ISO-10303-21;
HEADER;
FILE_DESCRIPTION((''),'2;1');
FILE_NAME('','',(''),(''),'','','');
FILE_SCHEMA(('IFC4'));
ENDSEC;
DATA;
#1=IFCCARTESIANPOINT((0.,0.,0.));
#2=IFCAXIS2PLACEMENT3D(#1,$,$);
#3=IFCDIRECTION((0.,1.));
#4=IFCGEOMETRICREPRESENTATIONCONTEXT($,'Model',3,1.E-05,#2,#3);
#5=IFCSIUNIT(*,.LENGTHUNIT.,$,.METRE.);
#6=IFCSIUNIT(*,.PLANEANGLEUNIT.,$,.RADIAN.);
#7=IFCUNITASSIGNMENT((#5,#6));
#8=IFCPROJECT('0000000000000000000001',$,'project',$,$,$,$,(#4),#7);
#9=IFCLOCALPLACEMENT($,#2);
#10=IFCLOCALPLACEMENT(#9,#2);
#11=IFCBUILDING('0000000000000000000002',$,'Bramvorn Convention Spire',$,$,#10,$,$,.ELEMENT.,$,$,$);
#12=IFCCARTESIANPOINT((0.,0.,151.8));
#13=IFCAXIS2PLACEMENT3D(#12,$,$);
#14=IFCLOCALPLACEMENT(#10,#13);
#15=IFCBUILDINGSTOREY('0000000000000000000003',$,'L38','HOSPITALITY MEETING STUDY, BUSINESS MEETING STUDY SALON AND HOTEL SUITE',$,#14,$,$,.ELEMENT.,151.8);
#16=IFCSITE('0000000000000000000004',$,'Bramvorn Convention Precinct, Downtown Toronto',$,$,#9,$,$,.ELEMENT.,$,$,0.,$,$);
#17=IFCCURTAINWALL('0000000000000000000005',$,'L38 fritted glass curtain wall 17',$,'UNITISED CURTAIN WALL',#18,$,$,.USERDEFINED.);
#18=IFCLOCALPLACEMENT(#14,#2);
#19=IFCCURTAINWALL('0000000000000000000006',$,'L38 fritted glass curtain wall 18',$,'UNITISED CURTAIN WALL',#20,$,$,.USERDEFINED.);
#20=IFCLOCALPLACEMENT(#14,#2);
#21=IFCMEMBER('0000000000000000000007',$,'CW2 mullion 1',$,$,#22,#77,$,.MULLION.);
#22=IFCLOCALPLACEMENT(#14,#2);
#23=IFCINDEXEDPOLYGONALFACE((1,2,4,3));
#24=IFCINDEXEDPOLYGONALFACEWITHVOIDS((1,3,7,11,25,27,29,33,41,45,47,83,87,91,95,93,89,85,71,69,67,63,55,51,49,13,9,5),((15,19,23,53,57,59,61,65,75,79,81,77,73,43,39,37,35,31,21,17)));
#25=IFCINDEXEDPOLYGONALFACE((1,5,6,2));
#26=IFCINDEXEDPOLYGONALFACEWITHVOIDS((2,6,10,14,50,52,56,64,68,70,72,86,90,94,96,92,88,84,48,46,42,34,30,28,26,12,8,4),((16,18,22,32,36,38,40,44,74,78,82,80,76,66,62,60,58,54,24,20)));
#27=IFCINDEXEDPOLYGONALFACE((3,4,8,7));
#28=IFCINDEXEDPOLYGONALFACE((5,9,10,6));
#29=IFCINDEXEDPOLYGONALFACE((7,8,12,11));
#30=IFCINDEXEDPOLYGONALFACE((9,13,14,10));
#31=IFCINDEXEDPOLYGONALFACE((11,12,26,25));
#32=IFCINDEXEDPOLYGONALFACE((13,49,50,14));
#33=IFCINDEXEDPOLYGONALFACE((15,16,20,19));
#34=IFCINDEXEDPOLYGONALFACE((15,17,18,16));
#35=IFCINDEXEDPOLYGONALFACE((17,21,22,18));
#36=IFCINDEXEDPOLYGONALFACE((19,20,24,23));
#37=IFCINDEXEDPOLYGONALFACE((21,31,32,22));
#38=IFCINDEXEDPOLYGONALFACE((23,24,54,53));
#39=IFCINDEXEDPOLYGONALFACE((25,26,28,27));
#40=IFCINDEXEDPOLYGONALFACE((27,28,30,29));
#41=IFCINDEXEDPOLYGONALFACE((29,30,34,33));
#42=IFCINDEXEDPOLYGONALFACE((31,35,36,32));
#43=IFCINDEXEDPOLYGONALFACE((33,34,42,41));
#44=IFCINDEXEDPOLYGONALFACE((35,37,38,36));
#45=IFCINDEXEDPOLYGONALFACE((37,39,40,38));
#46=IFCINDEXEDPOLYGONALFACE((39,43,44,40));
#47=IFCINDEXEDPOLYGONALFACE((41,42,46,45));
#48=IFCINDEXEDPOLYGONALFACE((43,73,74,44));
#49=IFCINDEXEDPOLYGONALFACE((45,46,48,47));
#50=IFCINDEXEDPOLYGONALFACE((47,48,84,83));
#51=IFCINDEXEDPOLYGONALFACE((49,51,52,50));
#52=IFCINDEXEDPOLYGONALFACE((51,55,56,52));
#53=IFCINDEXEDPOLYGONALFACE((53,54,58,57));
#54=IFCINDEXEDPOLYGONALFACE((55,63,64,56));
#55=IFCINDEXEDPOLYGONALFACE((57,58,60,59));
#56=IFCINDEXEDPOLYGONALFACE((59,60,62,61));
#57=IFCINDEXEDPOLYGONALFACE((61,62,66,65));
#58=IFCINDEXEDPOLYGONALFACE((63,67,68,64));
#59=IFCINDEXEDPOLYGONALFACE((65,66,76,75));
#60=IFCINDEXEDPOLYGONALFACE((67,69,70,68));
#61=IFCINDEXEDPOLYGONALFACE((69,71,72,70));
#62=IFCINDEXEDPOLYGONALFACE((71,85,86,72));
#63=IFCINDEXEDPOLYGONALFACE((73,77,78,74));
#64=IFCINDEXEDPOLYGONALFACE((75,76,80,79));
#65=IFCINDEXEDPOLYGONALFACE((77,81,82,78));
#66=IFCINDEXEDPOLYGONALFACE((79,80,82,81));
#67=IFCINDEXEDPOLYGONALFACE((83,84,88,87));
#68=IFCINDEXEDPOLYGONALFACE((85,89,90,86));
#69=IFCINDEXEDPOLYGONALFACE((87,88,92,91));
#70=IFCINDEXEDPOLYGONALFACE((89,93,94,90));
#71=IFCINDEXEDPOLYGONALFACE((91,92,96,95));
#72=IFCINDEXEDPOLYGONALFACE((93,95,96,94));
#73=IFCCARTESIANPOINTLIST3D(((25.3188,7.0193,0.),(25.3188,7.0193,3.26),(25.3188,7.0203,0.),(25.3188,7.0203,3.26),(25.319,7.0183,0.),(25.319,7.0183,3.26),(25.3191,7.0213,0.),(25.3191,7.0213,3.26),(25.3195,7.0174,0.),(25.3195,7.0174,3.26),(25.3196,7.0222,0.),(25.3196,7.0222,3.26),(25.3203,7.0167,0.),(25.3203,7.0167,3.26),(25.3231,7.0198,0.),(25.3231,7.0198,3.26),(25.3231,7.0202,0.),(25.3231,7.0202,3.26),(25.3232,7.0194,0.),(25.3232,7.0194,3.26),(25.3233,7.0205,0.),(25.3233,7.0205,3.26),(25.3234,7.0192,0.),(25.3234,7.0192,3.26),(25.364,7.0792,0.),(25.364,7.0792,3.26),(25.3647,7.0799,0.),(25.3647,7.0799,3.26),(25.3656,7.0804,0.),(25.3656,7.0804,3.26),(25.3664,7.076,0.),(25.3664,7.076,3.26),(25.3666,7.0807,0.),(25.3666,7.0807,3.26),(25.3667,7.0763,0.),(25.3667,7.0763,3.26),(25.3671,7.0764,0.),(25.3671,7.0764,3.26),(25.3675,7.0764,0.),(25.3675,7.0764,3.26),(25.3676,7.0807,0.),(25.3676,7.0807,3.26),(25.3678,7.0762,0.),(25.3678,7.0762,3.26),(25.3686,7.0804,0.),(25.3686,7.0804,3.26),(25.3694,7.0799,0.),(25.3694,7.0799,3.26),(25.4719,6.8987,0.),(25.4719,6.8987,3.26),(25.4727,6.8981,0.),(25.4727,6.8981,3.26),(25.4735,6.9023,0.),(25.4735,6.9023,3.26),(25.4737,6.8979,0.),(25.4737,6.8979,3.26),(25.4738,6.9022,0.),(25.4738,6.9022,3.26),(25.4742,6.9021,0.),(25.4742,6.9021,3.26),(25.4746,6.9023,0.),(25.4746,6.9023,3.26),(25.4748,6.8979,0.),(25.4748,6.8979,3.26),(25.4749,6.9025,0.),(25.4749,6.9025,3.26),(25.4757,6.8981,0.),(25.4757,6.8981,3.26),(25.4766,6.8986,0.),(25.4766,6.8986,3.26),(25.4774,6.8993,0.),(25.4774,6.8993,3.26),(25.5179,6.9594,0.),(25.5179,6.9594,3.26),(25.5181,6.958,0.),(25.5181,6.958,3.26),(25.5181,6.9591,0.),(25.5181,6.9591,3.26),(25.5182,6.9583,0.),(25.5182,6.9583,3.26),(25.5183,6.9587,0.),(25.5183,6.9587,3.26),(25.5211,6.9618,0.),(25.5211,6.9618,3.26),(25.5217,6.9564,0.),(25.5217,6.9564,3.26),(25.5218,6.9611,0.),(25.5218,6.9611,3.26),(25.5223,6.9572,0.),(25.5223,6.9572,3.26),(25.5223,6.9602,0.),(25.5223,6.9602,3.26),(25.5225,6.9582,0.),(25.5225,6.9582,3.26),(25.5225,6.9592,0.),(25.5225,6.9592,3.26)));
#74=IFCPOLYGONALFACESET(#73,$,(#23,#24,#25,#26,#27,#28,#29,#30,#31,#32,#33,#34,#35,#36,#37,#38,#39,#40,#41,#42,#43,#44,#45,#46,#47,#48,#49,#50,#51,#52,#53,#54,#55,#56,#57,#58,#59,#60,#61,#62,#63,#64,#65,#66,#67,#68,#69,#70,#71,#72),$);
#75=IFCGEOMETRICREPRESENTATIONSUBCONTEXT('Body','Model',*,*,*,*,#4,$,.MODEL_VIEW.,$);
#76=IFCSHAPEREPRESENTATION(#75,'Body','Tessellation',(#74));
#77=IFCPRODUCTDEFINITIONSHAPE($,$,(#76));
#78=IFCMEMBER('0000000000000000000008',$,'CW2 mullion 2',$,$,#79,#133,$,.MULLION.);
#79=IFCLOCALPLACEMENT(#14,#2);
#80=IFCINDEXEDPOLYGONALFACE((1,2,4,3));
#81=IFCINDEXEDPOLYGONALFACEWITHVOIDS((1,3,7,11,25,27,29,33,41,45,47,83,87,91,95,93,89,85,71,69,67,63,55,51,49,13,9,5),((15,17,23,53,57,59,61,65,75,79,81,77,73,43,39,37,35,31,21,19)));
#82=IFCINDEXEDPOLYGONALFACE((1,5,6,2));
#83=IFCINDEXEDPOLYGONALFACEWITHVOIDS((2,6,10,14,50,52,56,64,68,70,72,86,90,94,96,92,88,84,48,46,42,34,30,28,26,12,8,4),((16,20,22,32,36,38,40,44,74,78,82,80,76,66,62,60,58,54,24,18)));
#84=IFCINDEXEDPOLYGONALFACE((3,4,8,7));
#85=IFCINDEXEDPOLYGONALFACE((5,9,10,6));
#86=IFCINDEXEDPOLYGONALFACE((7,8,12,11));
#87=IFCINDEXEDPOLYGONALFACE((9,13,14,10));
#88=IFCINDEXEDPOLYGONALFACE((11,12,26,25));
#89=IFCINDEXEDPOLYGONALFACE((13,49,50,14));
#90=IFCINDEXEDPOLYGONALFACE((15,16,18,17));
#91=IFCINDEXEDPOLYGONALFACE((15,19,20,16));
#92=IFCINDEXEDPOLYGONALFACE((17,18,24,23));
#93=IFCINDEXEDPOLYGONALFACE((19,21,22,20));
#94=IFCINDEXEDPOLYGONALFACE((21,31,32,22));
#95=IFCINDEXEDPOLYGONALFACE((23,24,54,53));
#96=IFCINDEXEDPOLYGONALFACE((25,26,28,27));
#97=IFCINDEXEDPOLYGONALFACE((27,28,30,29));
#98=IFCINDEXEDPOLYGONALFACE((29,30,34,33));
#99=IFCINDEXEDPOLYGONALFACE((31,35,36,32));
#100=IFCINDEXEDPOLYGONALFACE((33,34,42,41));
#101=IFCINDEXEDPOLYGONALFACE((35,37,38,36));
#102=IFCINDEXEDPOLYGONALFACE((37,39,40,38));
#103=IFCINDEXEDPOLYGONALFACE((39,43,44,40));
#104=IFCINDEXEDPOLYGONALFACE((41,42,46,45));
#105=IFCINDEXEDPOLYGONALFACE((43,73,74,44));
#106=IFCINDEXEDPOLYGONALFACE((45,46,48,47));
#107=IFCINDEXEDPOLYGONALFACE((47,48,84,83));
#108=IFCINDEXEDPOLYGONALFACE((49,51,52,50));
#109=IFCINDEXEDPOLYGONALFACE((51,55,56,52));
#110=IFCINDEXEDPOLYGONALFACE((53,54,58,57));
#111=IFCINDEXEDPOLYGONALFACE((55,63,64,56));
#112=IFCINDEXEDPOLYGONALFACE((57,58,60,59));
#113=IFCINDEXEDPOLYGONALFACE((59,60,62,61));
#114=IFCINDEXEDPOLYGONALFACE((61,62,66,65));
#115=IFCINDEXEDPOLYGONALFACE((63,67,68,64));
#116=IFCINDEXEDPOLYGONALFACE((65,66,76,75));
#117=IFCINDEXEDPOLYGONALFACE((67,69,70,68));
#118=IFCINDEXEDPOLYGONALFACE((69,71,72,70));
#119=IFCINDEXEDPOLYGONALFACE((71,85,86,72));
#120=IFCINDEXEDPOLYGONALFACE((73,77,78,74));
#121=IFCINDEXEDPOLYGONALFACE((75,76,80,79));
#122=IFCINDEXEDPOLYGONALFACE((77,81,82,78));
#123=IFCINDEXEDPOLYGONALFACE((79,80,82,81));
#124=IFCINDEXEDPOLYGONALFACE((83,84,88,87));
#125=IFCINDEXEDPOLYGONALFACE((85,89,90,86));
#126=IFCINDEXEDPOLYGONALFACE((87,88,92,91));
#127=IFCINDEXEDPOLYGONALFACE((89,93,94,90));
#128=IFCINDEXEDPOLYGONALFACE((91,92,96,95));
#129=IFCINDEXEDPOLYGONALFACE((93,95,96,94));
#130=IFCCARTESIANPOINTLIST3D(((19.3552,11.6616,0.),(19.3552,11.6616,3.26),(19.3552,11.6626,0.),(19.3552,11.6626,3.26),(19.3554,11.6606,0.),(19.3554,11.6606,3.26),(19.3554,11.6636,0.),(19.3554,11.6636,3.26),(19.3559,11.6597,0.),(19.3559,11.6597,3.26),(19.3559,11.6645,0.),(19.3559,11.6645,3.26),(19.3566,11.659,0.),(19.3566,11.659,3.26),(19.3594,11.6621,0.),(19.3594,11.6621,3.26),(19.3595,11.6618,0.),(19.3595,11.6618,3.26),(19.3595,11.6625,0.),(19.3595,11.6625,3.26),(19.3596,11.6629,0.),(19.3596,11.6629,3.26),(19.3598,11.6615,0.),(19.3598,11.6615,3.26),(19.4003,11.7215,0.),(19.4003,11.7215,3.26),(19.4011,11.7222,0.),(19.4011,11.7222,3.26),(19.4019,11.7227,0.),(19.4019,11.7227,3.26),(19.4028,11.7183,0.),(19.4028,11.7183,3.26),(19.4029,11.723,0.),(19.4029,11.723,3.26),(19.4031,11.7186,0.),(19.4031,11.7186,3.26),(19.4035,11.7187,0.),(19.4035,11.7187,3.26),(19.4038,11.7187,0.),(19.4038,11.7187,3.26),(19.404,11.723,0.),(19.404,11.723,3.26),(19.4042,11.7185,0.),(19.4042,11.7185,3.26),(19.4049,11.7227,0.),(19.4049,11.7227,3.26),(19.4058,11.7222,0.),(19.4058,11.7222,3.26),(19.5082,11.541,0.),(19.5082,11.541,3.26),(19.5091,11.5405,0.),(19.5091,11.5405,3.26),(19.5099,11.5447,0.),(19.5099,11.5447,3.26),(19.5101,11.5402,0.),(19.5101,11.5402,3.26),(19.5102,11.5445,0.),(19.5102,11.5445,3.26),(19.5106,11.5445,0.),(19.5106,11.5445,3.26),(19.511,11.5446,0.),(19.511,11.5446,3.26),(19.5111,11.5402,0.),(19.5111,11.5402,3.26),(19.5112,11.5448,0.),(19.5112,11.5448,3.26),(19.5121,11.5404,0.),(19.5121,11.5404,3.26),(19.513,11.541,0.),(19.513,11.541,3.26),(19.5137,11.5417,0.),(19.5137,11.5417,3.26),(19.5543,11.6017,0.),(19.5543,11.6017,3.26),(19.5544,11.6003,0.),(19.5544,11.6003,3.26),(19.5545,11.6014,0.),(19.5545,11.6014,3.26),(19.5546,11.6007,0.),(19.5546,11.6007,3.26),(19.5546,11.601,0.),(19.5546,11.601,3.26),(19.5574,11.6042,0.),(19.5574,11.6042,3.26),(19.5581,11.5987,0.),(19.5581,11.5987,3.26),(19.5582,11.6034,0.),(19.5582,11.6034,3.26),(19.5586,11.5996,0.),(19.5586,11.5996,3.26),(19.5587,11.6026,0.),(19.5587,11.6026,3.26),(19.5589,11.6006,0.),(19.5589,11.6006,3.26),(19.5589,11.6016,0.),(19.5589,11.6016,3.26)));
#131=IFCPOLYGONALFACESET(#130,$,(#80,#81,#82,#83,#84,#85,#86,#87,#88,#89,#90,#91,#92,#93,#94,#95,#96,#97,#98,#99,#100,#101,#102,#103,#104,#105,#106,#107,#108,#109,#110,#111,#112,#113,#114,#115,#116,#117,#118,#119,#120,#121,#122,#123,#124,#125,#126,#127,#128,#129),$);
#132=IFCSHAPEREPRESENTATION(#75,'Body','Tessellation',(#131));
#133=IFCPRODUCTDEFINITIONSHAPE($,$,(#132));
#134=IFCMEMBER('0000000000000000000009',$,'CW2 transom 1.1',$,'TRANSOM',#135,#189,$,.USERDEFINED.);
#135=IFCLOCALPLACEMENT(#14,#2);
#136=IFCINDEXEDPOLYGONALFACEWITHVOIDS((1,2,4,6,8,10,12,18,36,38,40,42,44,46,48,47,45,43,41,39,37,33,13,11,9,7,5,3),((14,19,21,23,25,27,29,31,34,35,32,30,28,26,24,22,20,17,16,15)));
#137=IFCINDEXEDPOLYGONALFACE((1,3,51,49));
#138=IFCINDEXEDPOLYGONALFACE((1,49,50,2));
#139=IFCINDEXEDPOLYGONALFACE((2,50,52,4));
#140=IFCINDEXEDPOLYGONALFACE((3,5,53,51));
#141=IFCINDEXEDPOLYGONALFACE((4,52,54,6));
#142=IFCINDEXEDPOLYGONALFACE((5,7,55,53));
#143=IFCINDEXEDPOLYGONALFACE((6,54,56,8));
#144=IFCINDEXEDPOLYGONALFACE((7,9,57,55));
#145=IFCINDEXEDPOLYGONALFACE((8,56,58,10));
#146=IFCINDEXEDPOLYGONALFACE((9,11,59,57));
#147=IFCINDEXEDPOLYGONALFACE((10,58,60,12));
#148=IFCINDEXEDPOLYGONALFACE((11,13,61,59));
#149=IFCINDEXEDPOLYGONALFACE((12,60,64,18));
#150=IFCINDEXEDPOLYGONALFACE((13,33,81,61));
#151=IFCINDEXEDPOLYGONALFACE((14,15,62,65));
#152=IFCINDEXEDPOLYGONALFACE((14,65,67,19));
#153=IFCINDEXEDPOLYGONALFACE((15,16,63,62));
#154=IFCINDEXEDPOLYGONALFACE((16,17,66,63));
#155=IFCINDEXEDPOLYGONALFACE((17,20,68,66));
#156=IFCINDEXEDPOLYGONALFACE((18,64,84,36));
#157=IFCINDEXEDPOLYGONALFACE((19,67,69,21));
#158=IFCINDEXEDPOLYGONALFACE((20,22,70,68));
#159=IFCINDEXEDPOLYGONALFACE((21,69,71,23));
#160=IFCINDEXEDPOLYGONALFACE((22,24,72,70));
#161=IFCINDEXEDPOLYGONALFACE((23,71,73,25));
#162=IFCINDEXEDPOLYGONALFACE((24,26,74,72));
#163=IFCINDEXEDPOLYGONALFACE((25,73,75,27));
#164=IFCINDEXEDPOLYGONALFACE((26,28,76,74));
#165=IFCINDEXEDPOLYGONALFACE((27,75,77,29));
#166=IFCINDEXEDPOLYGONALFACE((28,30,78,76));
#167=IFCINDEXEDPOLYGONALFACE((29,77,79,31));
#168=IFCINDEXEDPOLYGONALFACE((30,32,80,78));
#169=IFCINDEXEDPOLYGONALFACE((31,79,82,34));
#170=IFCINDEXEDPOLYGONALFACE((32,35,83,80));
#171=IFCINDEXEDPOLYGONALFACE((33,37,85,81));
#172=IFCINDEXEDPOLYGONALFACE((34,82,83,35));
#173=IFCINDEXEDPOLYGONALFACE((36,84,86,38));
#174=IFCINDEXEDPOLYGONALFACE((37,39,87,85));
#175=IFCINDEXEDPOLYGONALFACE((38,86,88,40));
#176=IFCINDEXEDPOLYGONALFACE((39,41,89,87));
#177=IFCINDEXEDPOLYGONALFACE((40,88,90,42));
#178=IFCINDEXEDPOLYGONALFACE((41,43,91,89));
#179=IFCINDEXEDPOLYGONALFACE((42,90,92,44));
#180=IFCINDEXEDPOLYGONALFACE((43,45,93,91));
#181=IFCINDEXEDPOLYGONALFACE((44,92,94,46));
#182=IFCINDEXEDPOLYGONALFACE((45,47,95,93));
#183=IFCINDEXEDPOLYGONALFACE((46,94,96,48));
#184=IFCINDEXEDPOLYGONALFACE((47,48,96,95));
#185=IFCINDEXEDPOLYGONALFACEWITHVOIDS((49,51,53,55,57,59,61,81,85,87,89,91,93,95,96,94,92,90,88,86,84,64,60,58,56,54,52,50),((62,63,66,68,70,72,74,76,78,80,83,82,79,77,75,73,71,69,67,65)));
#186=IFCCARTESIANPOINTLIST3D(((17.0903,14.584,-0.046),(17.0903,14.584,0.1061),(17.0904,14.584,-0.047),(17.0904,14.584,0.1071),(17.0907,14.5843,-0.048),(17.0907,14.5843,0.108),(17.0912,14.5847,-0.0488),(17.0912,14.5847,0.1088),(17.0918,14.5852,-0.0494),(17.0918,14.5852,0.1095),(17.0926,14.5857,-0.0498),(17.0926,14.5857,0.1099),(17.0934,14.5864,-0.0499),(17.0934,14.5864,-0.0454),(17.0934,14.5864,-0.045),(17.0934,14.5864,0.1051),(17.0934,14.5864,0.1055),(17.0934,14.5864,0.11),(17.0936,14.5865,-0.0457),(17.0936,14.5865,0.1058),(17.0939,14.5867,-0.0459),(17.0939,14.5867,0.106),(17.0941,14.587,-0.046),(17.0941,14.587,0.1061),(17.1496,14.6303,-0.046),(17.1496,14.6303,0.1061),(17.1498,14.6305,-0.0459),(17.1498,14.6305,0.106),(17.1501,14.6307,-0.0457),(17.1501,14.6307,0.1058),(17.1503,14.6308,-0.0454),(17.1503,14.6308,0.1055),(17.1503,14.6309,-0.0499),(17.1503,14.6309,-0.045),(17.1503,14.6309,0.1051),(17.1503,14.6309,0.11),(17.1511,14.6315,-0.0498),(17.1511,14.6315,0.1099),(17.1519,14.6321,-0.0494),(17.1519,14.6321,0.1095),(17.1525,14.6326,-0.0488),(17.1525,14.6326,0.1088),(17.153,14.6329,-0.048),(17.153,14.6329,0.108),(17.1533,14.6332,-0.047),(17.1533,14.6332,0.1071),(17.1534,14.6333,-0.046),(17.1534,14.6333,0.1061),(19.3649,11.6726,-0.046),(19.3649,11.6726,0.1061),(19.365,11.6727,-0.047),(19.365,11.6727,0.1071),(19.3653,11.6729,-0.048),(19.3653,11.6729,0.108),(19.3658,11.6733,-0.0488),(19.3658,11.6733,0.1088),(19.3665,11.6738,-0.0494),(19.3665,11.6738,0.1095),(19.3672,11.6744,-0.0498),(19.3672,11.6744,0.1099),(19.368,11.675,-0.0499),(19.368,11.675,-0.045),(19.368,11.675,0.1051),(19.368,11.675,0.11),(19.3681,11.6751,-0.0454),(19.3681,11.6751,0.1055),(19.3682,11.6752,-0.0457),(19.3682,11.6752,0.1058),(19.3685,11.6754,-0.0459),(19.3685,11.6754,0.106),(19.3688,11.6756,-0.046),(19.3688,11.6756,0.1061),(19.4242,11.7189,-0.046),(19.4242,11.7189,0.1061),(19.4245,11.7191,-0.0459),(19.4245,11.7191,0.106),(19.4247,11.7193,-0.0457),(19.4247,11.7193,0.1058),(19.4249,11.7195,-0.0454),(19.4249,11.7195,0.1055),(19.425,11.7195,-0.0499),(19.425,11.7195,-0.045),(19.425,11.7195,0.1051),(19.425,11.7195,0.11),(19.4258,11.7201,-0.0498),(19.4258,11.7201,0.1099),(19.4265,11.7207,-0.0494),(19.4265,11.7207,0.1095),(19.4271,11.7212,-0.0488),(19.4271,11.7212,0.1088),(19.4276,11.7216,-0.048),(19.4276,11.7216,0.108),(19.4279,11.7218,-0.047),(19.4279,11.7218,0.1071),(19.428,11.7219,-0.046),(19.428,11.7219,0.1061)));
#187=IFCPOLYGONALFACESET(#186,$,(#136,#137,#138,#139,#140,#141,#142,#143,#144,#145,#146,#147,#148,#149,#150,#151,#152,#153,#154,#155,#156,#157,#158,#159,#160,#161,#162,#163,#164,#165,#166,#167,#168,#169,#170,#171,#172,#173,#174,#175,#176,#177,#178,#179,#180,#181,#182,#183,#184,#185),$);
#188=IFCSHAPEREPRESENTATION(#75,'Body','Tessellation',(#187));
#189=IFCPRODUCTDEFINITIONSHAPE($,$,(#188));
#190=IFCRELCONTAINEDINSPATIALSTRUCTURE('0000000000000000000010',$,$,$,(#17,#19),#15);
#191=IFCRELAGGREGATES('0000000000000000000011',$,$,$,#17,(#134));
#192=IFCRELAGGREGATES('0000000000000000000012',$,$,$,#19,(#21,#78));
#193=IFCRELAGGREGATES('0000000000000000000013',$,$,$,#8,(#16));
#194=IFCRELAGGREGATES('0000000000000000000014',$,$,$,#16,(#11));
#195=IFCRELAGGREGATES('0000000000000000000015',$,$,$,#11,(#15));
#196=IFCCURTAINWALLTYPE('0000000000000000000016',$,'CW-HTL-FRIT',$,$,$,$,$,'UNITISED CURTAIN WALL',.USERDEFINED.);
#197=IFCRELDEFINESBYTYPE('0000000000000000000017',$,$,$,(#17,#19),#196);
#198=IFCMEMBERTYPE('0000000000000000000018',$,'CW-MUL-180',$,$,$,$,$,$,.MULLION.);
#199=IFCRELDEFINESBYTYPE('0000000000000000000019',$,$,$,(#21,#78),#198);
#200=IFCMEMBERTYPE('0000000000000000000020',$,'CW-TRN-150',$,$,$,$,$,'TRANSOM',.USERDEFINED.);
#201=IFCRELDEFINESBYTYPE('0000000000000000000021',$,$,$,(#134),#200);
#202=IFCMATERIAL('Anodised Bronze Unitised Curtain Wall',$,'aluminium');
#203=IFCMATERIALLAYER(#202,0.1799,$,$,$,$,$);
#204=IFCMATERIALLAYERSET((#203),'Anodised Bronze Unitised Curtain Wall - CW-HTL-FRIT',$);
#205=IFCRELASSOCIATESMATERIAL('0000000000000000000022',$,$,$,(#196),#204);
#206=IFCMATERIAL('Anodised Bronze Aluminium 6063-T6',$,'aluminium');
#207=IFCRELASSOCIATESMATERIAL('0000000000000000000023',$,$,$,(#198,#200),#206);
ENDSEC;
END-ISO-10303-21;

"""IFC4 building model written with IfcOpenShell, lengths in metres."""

from ifc_helpers import new_model, si_unit, direction, frame, origin, origin_2d, place, context, subcontext, project, spatial, hollow_rectangle, extrude, material, layer, layer_set, material_profile, profile_set, type_object, element, aggregate, save


model = new_model("IFC4")

# Units and contexts
model_context = context("Model", 3, precision=1e-05, world=origin(), true_north=direction((0.0, 1.0)))
body_context = subcontext(model_context, "Body", "Model", "MODEL_VIEW")
ifc_project = project(units=[si_unit("LENGTHUNIT", "METRE"), si_unit("PLANEANGLEUNIT", "RADIAN")], contexts=[model_context])

# Site, building, storey
site_placement = place(None, origin())
site = spatial("IfcSite", under=ifc_project, at=site_placement, Name="Bramvorn Convention Precinct, Downtown Toronto", CompositionType="ELEMENT", RefElevation=0.0)
building_placement = place(site_placement, origin())
building = spatial("IfcBuilding", under=site, at=building_placement, Name="Bramvorn Convention Spire", CompositionType="ELEMENT")
storey_placement = place(building_placement, frame((0.0, 0.0, 151.8)))
storey = spatial("IfcBuildingStorey", under=building, at=storey_placement, Name="L38", Description="HOSPITALITY MEETING STUDY, BUSINESS MEETING STUDY SALON AND HOTEL SUITE", CompositionType="ELEMENT", Elevation=151.8)

# Curtain walls, members
ifc_material_1 = material(Name="Anodised Bronze Unitised Curtain Wall", Category="aluminium")
ifc_layer_1 = layer(ifc_material_1, 0.1799)
ifc_layer_set_1 = layer_set([ifc_layer_1], Name="Anodised Bronze Unitised Curtain Wall - CW-HTL-FRIT")
curtain_wall_type = type_object("IfcCurtainWallType", Name="CW-HTL-FRIT", ElementType="UNITISED CURTAIN WALL", PredefinedType="USERDEFINED", material=ifc_layer_set_1)
curtain_wall_1_placement = place(storey_placement, origin())
curtain_wall_1 = element("IfcCurtainWall", 1, at=curtain_wall_1_placement, inside=storey, type_object=curtain_wall_type, Name="L38 fritted glass curtain wall 17", ObjectType="UNITISED CURTAIN WALL", PredefinedType="USERDEFINED")
ifc_material_2 = material(Name="Anodised Bronze Aluminium 6063-T6", Category="aluminium")
ifc_material_profile_1 = material_profile(ifc_material_2, hollow_rectangle(XDim=0.0801, YDim=0.2, WallThickness=0.0039, InnerFilletRadius=0.001, OuterFilletRadius=0.0039, at=origin_2d()))
ifc_profile_set_1 = profile_set([ifc_material_profile_1], Name="Anodised Bronze Aluminium 6063-T6 - CWM80X200")
member_type_1 = type_object("IfcMemberType", Name="CW-MUL-180", PredefinedType="MULLION", material=ifc_profile_set_1)
curtain_wall_2_placement = place(storey_placement, origin())
curtain_wall_2 = element("IfcCurtainWall", 2, at=curtain_wall_2_placement, inside=storey, type_object=curtain_wall_type, Name="L38 fritted glass curtain wall 18", ObjectType="UNITISED CURTAIN WALL", PredefinedType="USERDEFINED")
member_1_placement = place(storey_placement, frame((25.4207, 6.9893, 0.0), z_axis=(0.0, 0.0, 1.0), x_axis=(-0.614258, -0.789105, 0.0)))
member_1 = element("IfcMember", 3, at=member_1_placement, type_object=member_type_1, Name="CW2 mullion 1", PredefinedType="MULLION", context=body_context, shape_type="SweptSolid", body=[
    extrude(hollow_rectangle(XDim=0.0801, YDim=0.2, WallThickness=0.0039, InnerFilletRadius=0.001, OuterFilletRadius=0.0039, at=origin_2d()), origin(), (0.0, 0.0, 1.0), 3.26),
])
member_2_placement = place(storey_placement, frame((19.457, 11.6316, 0.0), z_axis=(0.0, 0.0, 1.0), x_axis=(-0.614258, -0.789105, 0.0)))
member_2 = element("IfcMember", 4, at=member_2_placement, type_object=member_type_1, Name="CW2 mullion 2", PredefinedType="MULLION", context=body_context, shape_type="SweptSolid", body=[
    extrude(hollow_rectangle(XDim=0.0801, YDim=0.2, WallThickness=0.0039, InnerFilletRadius=0.001, OuterFilletRadius=0.0039, at=origin_2d()), origin(), (0.0, 0.0, 1.0), 3.26),
])

# Member
ifc_material_profile_2 = material_profile(ifc_material_2, hollow_rectangle(XDim=0.0801, YDim=0.1599, WallThickness=0.0039, InnerFilletRadius=0.001, OuterFilletRadius=0.0039, at=origin_2d()))
ifc_profile_set_2 = profile_set([ifc_material_profile_2], Name="Anodised Bronze Aluminium 6063-T6 - CWT80X160")
member_type_2 = type_object("IfcMemberType", Name="CW-TRN-150", ElementType="TRANSOM", PredefinedType="USERDEFINED", material=ifc_profile_set_2)
member_3_placement = place(storey_placement, frame((19.3965, 11.6973, 0.03), z_axis=(-0.615668, 0.788005, 0.0), x_axis=(-0.788005, -0.615668, 0.0)))
member_3 = element("IfcMember", 5, at=member_3_placement, type_object=member_type_2, Name="CW2 transom 1.1", ObjectType="TRANSOM", PredefinedType="USERDEFINED", context=body_context, shape_type="SweptSolid", body=[
    extrude(hollow_rectangle(XDim=0.0801, YDim=0.1599, WallThickness=0.0039, InnerFilletRadius=0.001, OuterFilletRadius=0.0039, at=origin_2d()), origin(), (0.0, 0.0, 1.0), 3.6946),
])

aggregate(curtain_wall_1, [member_3])
aggregate(curtain_wall_2, [member_1, member_2])

save(model, "model.ifc")
